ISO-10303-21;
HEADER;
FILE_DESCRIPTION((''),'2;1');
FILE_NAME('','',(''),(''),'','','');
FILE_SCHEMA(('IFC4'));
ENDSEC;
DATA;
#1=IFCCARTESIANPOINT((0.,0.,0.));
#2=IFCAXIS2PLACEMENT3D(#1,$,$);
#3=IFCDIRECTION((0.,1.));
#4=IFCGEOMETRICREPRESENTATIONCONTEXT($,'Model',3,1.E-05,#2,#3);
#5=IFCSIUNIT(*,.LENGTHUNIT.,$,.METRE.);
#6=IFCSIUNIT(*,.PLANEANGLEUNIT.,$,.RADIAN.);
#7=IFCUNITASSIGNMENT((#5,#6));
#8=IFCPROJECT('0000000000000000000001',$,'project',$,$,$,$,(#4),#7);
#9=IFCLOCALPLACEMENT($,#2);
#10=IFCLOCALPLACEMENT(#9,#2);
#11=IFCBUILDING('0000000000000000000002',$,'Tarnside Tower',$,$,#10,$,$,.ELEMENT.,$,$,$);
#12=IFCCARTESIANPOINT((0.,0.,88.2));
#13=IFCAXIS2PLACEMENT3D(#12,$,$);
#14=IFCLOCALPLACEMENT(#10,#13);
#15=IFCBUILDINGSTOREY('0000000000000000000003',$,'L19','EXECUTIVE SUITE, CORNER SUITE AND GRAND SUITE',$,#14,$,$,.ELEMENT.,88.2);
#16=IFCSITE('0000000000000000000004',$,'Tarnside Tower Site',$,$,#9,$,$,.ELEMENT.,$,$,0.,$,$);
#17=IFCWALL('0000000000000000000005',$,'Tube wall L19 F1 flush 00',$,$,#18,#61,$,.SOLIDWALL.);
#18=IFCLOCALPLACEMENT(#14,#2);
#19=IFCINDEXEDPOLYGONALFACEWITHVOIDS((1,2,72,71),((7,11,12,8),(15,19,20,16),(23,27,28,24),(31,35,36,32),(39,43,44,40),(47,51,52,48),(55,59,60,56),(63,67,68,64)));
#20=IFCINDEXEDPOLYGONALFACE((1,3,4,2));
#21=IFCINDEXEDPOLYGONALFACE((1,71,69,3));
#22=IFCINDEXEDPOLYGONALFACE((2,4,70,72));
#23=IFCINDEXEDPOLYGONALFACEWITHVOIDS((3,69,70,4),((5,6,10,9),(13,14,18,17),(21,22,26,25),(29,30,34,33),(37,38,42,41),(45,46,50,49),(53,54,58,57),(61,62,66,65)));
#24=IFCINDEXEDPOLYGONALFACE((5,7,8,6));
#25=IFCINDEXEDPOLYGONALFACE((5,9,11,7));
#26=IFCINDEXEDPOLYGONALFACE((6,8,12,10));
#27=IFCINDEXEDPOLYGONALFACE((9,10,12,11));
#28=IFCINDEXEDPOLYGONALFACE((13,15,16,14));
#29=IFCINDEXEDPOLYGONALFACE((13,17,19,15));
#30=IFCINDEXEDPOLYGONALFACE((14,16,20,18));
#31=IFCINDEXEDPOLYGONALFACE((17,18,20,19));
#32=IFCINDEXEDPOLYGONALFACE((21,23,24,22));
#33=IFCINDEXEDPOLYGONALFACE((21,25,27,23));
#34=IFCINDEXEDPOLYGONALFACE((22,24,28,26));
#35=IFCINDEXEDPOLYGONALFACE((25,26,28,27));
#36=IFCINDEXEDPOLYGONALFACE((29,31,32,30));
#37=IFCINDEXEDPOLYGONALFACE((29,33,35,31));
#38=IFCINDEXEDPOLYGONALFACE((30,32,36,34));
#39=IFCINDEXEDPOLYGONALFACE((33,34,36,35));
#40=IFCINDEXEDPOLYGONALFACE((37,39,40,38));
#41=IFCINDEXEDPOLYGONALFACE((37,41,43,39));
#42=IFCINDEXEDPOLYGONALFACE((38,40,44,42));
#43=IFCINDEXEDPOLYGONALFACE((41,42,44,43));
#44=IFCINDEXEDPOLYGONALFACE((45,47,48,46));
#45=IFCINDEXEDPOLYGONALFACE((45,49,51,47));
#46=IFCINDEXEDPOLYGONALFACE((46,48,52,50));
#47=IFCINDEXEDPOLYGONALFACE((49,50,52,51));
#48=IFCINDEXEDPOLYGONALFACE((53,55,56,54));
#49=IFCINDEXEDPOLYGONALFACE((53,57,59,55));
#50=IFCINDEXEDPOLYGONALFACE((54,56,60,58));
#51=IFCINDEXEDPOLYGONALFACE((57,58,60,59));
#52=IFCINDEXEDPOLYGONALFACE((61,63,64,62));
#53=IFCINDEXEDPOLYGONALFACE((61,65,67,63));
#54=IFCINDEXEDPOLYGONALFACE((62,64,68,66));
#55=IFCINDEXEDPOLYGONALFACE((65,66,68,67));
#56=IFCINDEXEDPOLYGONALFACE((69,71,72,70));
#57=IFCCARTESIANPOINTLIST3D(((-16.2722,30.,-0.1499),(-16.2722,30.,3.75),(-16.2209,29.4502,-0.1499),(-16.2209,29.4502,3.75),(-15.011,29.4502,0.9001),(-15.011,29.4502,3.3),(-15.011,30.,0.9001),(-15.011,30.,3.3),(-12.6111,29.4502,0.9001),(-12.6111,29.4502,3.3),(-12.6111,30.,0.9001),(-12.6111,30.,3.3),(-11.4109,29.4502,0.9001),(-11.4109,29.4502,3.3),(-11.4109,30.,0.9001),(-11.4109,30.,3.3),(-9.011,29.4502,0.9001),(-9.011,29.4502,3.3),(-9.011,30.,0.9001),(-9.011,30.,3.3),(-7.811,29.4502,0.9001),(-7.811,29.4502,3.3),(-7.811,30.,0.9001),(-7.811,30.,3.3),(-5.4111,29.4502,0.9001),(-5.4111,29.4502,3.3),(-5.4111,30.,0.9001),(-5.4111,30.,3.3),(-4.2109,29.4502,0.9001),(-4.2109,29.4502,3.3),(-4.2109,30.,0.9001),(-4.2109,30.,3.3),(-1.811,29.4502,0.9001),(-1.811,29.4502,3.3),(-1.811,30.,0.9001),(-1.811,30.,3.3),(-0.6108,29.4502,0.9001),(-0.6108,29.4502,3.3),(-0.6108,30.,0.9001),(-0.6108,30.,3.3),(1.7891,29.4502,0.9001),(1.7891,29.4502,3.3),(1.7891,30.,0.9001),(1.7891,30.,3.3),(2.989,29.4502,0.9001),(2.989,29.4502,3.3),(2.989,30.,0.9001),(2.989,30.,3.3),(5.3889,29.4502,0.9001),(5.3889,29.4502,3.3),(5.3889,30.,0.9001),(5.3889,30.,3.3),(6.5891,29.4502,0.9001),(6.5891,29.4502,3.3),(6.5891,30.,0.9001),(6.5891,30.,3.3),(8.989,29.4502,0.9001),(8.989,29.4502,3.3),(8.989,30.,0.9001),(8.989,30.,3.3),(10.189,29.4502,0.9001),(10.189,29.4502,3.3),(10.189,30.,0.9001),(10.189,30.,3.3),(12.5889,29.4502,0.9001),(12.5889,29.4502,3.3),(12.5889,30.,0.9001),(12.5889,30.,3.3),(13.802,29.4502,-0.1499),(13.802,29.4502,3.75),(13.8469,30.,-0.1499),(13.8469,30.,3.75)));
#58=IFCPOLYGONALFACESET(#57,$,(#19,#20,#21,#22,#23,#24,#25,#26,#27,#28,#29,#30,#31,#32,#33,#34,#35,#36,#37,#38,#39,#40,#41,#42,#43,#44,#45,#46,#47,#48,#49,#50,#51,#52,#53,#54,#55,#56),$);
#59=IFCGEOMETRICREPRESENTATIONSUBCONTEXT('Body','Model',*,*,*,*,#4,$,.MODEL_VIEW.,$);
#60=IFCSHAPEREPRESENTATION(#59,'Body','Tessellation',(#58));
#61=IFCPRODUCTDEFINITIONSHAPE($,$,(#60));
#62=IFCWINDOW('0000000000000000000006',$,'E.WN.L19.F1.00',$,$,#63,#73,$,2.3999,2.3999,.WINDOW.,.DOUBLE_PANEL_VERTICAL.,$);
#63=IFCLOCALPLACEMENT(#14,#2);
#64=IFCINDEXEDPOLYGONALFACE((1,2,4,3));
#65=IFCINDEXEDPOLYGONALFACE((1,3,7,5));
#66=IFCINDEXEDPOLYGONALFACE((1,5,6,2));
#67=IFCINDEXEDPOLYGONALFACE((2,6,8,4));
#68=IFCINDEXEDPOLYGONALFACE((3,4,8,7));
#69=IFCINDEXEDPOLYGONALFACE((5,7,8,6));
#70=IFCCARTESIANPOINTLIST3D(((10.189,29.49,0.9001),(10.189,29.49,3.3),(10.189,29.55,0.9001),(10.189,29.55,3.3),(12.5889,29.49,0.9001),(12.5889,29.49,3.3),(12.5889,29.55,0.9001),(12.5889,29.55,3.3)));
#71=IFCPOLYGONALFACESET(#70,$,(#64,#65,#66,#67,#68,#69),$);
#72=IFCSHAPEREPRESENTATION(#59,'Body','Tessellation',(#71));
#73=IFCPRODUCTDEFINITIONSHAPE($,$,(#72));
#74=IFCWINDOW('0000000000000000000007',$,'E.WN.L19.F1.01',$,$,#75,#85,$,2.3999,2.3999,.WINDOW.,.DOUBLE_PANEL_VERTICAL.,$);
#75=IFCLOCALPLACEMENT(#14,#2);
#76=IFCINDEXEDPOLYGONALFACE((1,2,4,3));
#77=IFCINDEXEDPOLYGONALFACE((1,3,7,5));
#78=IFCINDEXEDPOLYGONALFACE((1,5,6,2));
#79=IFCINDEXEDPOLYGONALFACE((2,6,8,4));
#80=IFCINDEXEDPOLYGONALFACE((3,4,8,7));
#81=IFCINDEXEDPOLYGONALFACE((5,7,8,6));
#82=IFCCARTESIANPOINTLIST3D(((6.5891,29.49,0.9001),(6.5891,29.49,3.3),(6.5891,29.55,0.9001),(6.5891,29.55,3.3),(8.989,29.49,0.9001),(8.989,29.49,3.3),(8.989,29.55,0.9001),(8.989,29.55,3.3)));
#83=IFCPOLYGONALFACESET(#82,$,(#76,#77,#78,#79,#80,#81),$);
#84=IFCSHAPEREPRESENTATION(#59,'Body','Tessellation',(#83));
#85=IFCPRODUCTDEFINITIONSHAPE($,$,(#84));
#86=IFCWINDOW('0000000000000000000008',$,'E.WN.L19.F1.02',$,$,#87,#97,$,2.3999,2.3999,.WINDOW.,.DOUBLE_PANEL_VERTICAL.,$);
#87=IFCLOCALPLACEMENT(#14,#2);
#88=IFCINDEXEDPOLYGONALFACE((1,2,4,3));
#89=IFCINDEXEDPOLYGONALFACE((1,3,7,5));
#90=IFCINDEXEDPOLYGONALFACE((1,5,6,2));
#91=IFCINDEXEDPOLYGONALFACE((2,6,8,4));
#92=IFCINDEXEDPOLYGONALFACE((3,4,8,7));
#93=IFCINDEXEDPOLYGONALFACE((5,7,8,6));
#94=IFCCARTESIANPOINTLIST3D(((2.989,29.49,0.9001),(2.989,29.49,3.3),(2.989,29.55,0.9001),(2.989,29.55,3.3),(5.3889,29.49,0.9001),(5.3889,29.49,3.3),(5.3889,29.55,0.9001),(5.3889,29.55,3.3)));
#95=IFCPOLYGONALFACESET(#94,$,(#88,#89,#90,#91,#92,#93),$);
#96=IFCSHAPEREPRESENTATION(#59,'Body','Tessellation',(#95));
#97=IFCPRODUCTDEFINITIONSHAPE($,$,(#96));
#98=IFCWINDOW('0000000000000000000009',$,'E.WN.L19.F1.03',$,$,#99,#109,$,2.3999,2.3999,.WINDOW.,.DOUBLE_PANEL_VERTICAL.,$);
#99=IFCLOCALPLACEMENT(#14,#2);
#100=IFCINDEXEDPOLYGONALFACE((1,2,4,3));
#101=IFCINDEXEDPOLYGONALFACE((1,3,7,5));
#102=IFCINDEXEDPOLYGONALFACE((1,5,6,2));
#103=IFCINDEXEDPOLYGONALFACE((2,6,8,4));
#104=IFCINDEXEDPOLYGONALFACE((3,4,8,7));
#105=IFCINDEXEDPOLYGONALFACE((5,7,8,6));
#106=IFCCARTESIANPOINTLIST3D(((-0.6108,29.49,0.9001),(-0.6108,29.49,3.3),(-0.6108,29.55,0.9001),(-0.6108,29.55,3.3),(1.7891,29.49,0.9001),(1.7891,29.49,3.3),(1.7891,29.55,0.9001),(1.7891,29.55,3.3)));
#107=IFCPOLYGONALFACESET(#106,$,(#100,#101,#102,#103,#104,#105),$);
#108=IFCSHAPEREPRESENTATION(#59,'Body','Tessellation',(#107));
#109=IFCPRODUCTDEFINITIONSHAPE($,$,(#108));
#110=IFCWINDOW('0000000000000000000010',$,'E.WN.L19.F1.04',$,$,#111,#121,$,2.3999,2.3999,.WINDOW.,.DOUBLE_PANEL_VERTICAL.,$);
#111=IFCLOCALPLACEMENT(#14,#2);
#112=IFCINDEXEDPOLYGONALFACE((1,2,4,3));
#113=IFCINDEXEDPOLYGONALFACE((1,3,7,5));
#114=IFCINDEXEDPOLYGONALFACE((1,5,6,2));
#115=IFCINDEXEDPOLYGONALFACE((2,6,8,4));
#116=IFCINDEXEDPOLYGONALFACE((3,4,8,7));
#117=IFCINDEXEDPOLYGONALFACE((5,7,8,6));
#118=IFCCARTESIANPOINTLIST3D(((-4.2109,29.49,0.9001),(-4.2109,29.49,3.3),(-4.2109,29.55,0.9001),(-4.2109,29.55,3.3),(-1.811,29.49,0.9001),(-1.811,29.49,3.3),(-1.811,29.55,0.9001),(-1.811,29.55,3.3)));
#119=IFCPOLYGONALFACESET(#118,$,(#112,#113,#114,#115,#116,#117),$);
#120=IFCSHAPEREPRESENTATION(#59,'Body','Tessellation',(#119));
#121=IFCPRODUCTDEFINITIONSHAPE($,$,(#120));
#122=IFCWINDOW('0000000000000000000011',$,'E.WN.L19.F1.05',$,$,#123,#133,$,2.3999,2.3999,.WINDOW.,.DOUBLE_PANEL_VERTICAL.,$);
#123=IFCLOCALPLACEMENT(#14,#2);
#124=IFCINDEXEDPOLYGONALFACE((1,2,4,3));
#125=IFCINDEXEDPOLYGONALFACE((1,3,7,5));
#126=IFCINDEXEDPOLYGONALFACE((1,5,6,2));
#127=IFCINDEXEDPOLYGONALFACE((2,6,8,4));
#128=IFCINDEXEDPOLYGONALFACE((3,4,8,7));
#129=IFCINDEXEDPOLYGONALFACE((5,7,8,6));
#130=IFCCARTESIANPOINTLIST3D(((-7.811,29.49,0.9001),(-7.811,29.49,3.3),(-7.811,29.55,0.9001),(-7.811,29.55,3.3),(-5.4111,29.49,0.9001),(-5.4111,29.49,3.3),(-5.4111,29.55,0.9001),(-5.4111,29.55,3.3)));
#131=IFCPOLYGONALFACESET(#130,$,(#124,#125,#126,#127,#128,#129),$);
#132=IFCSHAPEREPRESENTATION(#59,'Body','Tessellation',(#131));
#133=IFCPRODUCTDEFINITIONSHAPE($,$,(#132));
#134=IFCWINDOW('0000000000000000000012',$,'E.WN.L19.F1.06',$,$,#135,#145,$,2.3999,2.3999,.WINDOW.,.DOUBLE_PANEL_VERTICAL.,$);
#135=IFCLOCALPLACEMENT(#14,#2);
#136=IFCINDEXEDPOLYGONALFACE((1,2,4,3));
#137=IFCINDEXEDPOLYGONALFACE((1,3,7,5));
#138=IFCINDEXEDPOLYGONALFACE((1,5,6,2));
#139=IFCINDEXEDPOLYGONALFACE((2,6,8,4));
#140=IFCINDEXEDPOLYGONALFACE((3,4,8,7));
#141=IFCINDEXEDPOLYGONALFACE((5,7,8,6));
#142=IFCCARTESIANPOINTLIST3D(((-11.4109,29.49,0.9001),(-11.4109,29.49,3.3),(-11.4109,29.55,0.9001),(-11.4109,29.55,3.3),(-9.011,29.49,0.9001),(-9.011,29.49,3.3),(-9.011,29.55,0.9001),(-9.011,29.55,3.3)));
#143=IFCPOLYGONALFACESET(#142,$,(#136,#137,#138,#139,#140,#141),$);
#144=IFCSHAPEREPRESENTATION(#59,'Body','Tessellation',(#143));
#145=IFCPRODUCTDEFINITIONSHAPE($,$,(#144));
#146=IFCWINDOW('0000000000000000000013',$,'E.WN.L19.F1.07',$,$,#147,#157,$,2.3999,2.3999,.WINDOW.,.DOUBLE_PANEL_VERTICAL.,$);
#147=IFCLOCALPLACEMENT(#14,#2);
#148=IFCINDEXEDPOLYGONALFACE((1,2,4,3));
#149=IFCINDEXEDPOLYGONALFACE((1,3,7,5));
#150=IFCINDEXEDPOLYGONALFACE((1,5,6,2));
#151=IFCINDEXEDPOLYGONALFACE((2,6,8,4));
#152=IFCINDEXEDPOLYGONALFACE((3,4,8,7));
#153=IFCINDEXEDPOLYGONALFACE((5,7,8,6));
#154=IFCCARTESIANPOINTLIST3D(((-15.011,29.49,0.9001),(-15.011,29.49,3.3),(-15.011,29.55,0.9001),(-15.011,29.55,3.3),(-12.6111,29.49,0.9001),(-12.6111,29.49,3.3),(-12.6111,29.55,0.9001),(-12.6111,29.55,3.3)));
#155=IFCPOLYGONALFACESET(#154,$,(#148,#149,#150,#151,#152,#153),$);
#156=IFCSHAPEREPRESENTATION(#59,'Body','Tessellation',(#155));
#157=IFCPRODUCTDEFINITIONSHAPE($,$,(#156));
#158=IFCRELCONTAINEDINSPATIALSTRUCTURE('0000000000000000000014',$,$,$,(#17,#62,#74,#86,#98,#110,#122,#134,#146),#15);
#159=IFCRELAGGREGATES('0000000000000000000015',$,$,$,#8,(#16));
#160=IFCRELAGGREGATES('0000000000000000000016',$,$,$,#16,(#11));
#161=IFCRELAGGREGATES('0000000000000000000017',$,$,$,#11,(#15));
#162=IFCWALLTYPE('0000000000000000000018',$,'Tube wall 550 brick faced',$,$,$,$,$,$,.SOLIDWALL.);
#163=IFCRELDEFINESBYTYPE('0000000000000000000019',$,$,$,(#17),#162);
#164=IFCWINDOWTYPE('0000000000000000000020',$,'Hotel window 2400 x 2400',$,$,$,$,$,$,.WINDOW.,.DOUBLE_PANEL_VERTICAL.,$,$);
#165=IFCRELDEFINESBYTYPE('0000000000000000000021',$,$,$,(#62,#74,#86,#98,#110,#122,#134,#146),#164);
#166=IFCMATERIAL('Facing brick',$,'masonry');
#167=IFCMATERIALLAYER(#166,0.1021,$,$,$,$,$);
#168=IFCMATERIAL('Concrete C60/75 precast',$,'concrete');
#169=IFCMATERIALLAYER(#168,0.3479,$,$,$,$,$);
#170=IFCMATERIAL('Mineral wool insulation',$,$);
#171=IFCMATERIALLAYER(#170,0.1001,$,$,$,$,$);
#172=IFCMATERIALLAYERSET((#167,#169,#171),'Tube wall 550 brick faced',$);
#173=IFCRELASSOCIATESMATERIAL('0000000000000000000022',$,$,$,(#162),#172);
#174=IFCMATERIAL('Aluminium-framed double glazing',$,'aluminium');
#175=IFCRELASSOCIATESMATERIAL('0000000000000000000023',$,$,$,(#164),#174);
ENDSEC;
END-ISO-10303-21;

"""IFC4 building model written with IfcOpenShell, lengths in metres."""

from ifc_helpers import new_model, si_unit, direction, frame, frame_2d, origin, place, context, subcontext, project, spatial, polyline, rectangle, outline, extrude, material, layer, layer_set, type_object, element, fill, save


model = new_model("IFC4")

# Units and contexts
model_context = context("Model", 3, precision=1e-05, world=origin(), true_north=direction((0.0, 1.0)))
body_context = subcontext(model_context, "Body", "Model", "MODEL_VIEW")
ifc_project = project(units=[si_unit("LENGTHUNIT", "METRE"), si_unit("PLANEANGLEUNIT", "RADIAN")], contexts=[model_context])

# Site, building, storey
site_placement = place(None, origin())
site = spatial("IfcSite", under=ifc_project, at=site_placement, Name="Tarnside Tower Site", CompositionType="ELEMENT", RefElevation=0.0)
building_placement = place(site_placement, origin())
building = spatial("IfcBuilding", under=site, at=building_placement, Name="Tarnside Tower", CompositionType="ELEMENT")
storey_placement = place(building_placement, frame((0.0, 0.0, 88.2)))
storey = spatial("IfcBuildingStorey", under=building, at=storey_placement, Name="L19", Description="EXECUTIVE SUITE, CORNER SUITE AND GRAND SUITE", CompositionType="ELEMENT", Elevation=88.2)

# Wall, openings, windows
ifc_material_1 = material(Name="Facing brick", Category="masonry")
ifc_layer_1 = layer(ifc_material_1, 0.1021)
ifc_material_2 = material(Name="Concrete C60/75 precast", Category="concrete")
ifc_layer_2 = layer(ifc_material_2, 0.3479)
ifc_material_3 = material(Name="Mineral wool insulation")
ifc_layer_3 = layer(ifc_material_3, 0.1001)
ifc_layer_set_1 = layer_set([ifc_layer_1, ifc_layer_2, ifc_layer_3], Name="Tube wall 550 brick faced")
wall_type_1 = type_object("IfcWallType", Name="Tube wall 550 brick faced", PredefinedType="SOLIDWALL", material=ifc_layer_set_1)
wall_1_placement = place(storey_placement, frame((13.8245, 29.7251, -0.1499), z_axis=(0.0, 0.0, 1.0), x_axis=(-1.0, 0.0, 0.0)))
wall_1 = element("IfcWall", 1, at=wall_1_placement, inside=storey, type_object=wall_type_1, Name="Tube wall L19 F1 flush 00", PredefinedType="SOLIDWALL", context=body_context, shape_type="SweptSolid", body=[
    extrude(outline(polyline([(-0.0225, -0.2749), (30.0967, -0.2749), (30.0454, 0.2749), (0.0225, 0.2749), (-0.0225, -0.2749)])), origin(), (0.0, 0.0, 1.0), 3.8999),
])
opening_1_placement = place(wall_1_placement, frame((1.2356, 0.0, 1.05)))
opening_1 = element("IfcOpeningElement", 2, at=opening_1_placement, cuts=wall_1, PredefinedType="OPENING", context=body_context, shape_type="SweptSolid", body=[
    extrude(rectangle(XDim=2.3999, YDim=2.3999, at=frame_2d((1.2, 1.2))), frame((0.0, 0.2852, 0.0), z_axis=(0.0, -1.0, 0.0), x_axis=(1.0, 0.0, 0.0)), (0.0, 0.0, 1.0), 0.5701),
])
opening_2_placement = place(wall_1_placement, frame((4.8354, 0.0, 1.05)))
opening_2 = element("IfcOpeningElement", 3, at=opening_2_placement, cuts=wall_1, PredefinedType="OPENING", context=body_context, shape_type="SweptSolid", body=[
    extrude(rectangle(XDim=2.3999, YDim=2.3999, at=frame_2d((1.2, 1.2))), frame((0.0, 0.2852, 0.0), z_axis=(0.0, -1.0, 0.0), x_axis=(1.0, 0.0, 0.0)), (0.0, 0.0, 1.0), 0.5701),
])
opening_3_placement = place(wall_1_placement, frame((8.4355, 0.0, 1.05)))
opening_3 = element("IfcOpeningElement", 4, at=opening_3_placement, cuts=wall_1, PredefinedType="OPENING", context=body_context, shape_type="SweptSolid", body=[
    extrude(rectangle(XDim=2.3999, YDim=2.3999, at=frame_2d((1.2, 1.2))), frame((0.0, 0.2852, 0.0), z_axis=(0.0, -1.0, 0.0), x_axis=(1.0, 0.0, 0.0)), (0.0, 0.0, 1.0), 0.5701),
])
opening_4_placement = place(wall_1_placement, frame((12.0354, 0.0, 1.05)))
opening_4 = element("IfcOpeningElement", 5, at=opening_4_placement, cuts=wall_1, PredefinedType="OPENING", context=body_context, shape_type="SweptSolid", body=[
    extrude(rectangle(XDim=2.3999, YDim=2.3999, at=frame_2d((1.2, 1.2))), frame((0.0, 0.2852, 0.0), z_axis=(0.0, -1.0, 0.0), x_axis=(1.0, 0.0, 0.0)), (0.0, 0.0, 1.0), 0.5701),
])
opening_5_placement = place(wall_1_placement, frame((15.6355, 0.0, 1.05)))
opening_5 = element("IfcOpeningElement", 6, at=opening_5_placement, cuts=wall_1, PredefinedType="OPENING", context=body_context, shape_type="SweptSolid", body=[
    extrude(rectangle(XDim=2.3999, YDim=2.3999, at=frame_2d((1.2, 1.2))), frame((0.0, 0.2852, 0.0), z_axis=(0.0, -1.0, 0.0), x_axis=(1.0, 0.0, 0.0)), (0.0, 0.0, 1.0), 0.5701),
])
opening_6_placement = place(wall_1_placement, frame((19.2356, 0.0, 1.05)))
opening_6 = element("IfcOpeningElement", 7, at=opening_6_placement, cuts=wall_1, PredefinedType="OPENING", context=body_context, shape_type="SweptSolid", body=[
    extrude(rectangle(XDim=2.3999, YDim=2.3999, at=frame_2d((1.2, 1.2))), frame((0.0, 0.2852, 0.0), z_axis=(0.0, -1.0, 0.0), x_axis=(1.0, 0.0, 0.0)), (0.0, 0.0, 1.0), 0.5701),
])
opening_7_placement = place(wall_1_placement, frame((22.8354, 0.0, 1.05)))
opening_7 = element("IfcOpeningElement", 8, at=opening_7_placement, cuts=wall_1, PredefinedType="OPENING", context=body_context, shape_type="SweptSolid", body=[
    extrude(rectangle(XDim=2.3999, YDim=2.3999, at=frame_2d((1.2, 1.2))), frame((0.0, 0.2852, 0.0), z_axis=(0.0, -1.0, 0.0), x_axis=(1.0, 0.0, 0.0)), (0.0, 0.0, 1.0), 0.5701),
])
opening_8_placement = place(wall_1_placement, frame((26.4355, 0.0, 1.05)))
opening_8 = element("IfcOpeningElement", 9, at=opening_8_placement, cuts=wall_1, PredefinedType="OPENING", context=body_context, shape_type="SweptSolid", body=[
    extrude(rectangle(XDim=2.3999, YDim=2.3999, at=frame_2d((1.2, 1.2))), frame((0.0, 0.2852, 0.0), z_axis=(0.0, -1.0, 0.0), x_axis=(1.0, 0.0, 0.0)), (0.0, 0.0, 1.0), 0.5701),
])
ifc_material_4 = material(Name="Aluminium-framed double glazing", Category="aluminium")
window_type = type_object("IfcWindowType", Name="Hotel window 2400 x 2400", PartitioningType="DOUBLE_PANEL_VERTICAL", PredefinedType="WINDOW", material=ifc_material_4)
window_1_placement = place(opening_1_placement, frame((0.0, 0.2051, 0.0)))
window_1 = element("IfcWindow", 10, at=window_1_placement, inside=storey, type_object=window_type, Name="E.WN.L19.F1.00", OverallHeight=2.3999, OverallWidth=2.3999, PartitioningType="DOUBLE_PANEL_VERTICAL", PredefinedType="WINDOW", context=body_context, shape_type="SweptSolid", body=[
    extrude(rectangle(XDim=2.3999, YDim=2.3999, at=frame_2d((1.2, 1.2))), frame((0.0, 0.03, 0.0), z_axis=(0.0, -1.0, 0.0), x_axis=(1.0, 0.0, 0.0)), (0.0, 0.0, 1.0), 0.0601),
])
fill(opening_1, window_1)
window_2_placement = place(opening_2_placement, frame((0.0, 0.2051, 0.0)))
window_2 = element("IfcWindow", 11, at=window_2_placement, inside=storey, type_object=window_type, Name="E.WN.L19.F1.01", OverallHeight=2.3999, OverallWidth=2.3999, PartitioningType="DOUBLE_PANEL_VERTICAL", PredefinedType="WINDOW", context=body_context, shape_type="SweptSolid", body=[
    extrude(rectangle(XDim=2.3999, YDim=2.3999, at=frame_2d((1.2, 1.2))), frame((0.0, 0.03, 0.0), z_axis=(0.0, -1.0, 0.0), x_axis=(1.0, 0.0, 0.0)), (0.0, 0.0, 1.0), 0.0601),
])
fill(opening_2, window_2)
window_3_placement = place(opening_3_placement, frame((0.0, 0.2051, 0.0)))
window_3 = element("IfcWindow", 12, at=window_3_placement, inside=storey, type_object=window_type, Name="E.WN.L19.F1.02", OverallHeight=2.3999, OverallWidth=2.3999, PartitioningType="DOUBLE_PANEL_VERTICAL", PredefinedType="WINDOW", context=body_context, shape_type="SweptSolid", body=[
    extrude(rectangle(XDim=2.3999, YDim=2.3999, at=frame_2d((1.2, 1.2))), frame((0.0, 0.03, 0.0), z_axis=(0.0, -1.0, 0.0), x_axis=(1.0, 0.0, 0.0)), (0.0, 0.0, 1.0), 0.0601),
])
fill(opening_3, window_3)
window_4_placement = place(opening_4_placement, frame((0.0, 0.2051, 0.0)))
window_4 = element("IfcWindow", 13, at=window_4_placement, inside=storey, type_object=window_type, Name="E.WN.L19.F1.03", OverallHeight=2.3999, OverallWidth=2.3999, PartitioningType="DOUBLE_PANEL_VERTICAL", PredefinedType="WINDOW", context=body_context, shape_type="SweptSolid", body=[
    extrude(rectangle(XDim=2.3999, YDim=2.3999, at=frame_2d((1.2, 1.2))), frame((0.0, 0.03, 0.0), z_axis=(0.0, -1.0, 0.0), x_axis=(1.0, 0.0, 0.0)), (0.0, 0.0, 1.0), 0.0601),
])
fill(opening_4, window_4)
window_5_placement = place(opening_5_placement, frame((0.0, 0.2051, 0.0)))
window_5 = element("IfcWindow", 14, at=window_5_placement, inside=storey, type_object=window_type, Name="E.WN.L19.F1.04", OverallHeight=2.3999, OverallWidth=2.3999, PartitioningType="DOUBLE_PANEL_VERTICAL", PredefinedType="WINDOW", context=body_context, shape_type="SweptSolid", body=[
    extrude(rectangle(XDim=2.3999, YDim=2.3999, at=frame_2d((1.2, 1.2))), frame((0.0, 0.03, 0.0), z_axis=(0.0, -1.0, 0.0), x_axis=(1.0, 0.0, 0.0)), (0.0, 0.0, 1.0), 0.0601),
])
fill(opening_5, window_5)
window_6_placement = place(opening_6_placement, frame((0.0, 0.2051, 0.0)))
window_6 = element("IfcWindow", 15, at=window_6_placement, inside=storey, type_object=window_type, Name="E.WN.L19.F1.05", OverallHeight=2.3999, OverallWidth=2.3999, PartitioningType="DOUBLE_PANEL_VERTICAL", PredefinedType="WINDOW", context=body_context, shape_type="SweptSolid", body=[
    extrude(rectangle(XDim=2.3999, YDim=2.3999, at=frame_2d((1.2, 1.2))), frame((0.0, 0.03, 0.0), z_axis=(0.0, -1.0, 0.0), x_axis=(1.0, 0.0, 0.0)), (0.0, 0.0, 1.0), 0.0601),
])
fill(opening_6, window_6)
window_7_placement = place(opening_7_placement, frame((0.0, 0.2051, 0.0)))
window_7 = element("IfcWindow", 16, at=window_7_placement, inside=storey, type_object=window_type, Name="E.WN.L19.F1.06", OverallHeight=2.3999, OverallWidth=2.3999, PartitioningType="DOUBLE_PANEL_VERTICAL", PredefinedType="WINDOW", context=body_context, shape_type="SweptSolid", body=[
    extrude(rectangle(XDim=2.3999, YDim=2.3999, at=frame_2d((1.2, 1.2))), frame((0.0, 0.03, 0.0), z_axis=(0.0, -1.0, 0.0), x_axis=(1.0, 0.0, 0.0)), (0.0, 0.0, 1.0), 0.0601),
])
fill(opening_7, window_7)
window_8_placement = place(opening_8_placement, frame((0.0, 0.2051, 0.0)))
window_8 = element("IfcWindow", 17, at=window_8_placement, inside=storey, type_object=window_type, Name="E.WN.L19.F1.07", OverallHeight=2.3999, OverallWidth=2.3999, PartitioningType="DOUBLE_PANEL_VERTICAL", PredefinedType="WINDOW", context=body_context, shape_type="SweptSolid", body=[
    extrude(rectangle(XDim=2.3999, YDim=2.3999, at=frame_2d((1.2, 1.2))), frame((0.0, 0.03, 0.0), z_axis=(0.0, -1.0, 0.0), x_axis=(1.0, 0.0, 0.0)), (0.0, 0.0, 1.0), 0.0601),
])
fill(opening_8, window_8)

save(model, "model.ifc")
